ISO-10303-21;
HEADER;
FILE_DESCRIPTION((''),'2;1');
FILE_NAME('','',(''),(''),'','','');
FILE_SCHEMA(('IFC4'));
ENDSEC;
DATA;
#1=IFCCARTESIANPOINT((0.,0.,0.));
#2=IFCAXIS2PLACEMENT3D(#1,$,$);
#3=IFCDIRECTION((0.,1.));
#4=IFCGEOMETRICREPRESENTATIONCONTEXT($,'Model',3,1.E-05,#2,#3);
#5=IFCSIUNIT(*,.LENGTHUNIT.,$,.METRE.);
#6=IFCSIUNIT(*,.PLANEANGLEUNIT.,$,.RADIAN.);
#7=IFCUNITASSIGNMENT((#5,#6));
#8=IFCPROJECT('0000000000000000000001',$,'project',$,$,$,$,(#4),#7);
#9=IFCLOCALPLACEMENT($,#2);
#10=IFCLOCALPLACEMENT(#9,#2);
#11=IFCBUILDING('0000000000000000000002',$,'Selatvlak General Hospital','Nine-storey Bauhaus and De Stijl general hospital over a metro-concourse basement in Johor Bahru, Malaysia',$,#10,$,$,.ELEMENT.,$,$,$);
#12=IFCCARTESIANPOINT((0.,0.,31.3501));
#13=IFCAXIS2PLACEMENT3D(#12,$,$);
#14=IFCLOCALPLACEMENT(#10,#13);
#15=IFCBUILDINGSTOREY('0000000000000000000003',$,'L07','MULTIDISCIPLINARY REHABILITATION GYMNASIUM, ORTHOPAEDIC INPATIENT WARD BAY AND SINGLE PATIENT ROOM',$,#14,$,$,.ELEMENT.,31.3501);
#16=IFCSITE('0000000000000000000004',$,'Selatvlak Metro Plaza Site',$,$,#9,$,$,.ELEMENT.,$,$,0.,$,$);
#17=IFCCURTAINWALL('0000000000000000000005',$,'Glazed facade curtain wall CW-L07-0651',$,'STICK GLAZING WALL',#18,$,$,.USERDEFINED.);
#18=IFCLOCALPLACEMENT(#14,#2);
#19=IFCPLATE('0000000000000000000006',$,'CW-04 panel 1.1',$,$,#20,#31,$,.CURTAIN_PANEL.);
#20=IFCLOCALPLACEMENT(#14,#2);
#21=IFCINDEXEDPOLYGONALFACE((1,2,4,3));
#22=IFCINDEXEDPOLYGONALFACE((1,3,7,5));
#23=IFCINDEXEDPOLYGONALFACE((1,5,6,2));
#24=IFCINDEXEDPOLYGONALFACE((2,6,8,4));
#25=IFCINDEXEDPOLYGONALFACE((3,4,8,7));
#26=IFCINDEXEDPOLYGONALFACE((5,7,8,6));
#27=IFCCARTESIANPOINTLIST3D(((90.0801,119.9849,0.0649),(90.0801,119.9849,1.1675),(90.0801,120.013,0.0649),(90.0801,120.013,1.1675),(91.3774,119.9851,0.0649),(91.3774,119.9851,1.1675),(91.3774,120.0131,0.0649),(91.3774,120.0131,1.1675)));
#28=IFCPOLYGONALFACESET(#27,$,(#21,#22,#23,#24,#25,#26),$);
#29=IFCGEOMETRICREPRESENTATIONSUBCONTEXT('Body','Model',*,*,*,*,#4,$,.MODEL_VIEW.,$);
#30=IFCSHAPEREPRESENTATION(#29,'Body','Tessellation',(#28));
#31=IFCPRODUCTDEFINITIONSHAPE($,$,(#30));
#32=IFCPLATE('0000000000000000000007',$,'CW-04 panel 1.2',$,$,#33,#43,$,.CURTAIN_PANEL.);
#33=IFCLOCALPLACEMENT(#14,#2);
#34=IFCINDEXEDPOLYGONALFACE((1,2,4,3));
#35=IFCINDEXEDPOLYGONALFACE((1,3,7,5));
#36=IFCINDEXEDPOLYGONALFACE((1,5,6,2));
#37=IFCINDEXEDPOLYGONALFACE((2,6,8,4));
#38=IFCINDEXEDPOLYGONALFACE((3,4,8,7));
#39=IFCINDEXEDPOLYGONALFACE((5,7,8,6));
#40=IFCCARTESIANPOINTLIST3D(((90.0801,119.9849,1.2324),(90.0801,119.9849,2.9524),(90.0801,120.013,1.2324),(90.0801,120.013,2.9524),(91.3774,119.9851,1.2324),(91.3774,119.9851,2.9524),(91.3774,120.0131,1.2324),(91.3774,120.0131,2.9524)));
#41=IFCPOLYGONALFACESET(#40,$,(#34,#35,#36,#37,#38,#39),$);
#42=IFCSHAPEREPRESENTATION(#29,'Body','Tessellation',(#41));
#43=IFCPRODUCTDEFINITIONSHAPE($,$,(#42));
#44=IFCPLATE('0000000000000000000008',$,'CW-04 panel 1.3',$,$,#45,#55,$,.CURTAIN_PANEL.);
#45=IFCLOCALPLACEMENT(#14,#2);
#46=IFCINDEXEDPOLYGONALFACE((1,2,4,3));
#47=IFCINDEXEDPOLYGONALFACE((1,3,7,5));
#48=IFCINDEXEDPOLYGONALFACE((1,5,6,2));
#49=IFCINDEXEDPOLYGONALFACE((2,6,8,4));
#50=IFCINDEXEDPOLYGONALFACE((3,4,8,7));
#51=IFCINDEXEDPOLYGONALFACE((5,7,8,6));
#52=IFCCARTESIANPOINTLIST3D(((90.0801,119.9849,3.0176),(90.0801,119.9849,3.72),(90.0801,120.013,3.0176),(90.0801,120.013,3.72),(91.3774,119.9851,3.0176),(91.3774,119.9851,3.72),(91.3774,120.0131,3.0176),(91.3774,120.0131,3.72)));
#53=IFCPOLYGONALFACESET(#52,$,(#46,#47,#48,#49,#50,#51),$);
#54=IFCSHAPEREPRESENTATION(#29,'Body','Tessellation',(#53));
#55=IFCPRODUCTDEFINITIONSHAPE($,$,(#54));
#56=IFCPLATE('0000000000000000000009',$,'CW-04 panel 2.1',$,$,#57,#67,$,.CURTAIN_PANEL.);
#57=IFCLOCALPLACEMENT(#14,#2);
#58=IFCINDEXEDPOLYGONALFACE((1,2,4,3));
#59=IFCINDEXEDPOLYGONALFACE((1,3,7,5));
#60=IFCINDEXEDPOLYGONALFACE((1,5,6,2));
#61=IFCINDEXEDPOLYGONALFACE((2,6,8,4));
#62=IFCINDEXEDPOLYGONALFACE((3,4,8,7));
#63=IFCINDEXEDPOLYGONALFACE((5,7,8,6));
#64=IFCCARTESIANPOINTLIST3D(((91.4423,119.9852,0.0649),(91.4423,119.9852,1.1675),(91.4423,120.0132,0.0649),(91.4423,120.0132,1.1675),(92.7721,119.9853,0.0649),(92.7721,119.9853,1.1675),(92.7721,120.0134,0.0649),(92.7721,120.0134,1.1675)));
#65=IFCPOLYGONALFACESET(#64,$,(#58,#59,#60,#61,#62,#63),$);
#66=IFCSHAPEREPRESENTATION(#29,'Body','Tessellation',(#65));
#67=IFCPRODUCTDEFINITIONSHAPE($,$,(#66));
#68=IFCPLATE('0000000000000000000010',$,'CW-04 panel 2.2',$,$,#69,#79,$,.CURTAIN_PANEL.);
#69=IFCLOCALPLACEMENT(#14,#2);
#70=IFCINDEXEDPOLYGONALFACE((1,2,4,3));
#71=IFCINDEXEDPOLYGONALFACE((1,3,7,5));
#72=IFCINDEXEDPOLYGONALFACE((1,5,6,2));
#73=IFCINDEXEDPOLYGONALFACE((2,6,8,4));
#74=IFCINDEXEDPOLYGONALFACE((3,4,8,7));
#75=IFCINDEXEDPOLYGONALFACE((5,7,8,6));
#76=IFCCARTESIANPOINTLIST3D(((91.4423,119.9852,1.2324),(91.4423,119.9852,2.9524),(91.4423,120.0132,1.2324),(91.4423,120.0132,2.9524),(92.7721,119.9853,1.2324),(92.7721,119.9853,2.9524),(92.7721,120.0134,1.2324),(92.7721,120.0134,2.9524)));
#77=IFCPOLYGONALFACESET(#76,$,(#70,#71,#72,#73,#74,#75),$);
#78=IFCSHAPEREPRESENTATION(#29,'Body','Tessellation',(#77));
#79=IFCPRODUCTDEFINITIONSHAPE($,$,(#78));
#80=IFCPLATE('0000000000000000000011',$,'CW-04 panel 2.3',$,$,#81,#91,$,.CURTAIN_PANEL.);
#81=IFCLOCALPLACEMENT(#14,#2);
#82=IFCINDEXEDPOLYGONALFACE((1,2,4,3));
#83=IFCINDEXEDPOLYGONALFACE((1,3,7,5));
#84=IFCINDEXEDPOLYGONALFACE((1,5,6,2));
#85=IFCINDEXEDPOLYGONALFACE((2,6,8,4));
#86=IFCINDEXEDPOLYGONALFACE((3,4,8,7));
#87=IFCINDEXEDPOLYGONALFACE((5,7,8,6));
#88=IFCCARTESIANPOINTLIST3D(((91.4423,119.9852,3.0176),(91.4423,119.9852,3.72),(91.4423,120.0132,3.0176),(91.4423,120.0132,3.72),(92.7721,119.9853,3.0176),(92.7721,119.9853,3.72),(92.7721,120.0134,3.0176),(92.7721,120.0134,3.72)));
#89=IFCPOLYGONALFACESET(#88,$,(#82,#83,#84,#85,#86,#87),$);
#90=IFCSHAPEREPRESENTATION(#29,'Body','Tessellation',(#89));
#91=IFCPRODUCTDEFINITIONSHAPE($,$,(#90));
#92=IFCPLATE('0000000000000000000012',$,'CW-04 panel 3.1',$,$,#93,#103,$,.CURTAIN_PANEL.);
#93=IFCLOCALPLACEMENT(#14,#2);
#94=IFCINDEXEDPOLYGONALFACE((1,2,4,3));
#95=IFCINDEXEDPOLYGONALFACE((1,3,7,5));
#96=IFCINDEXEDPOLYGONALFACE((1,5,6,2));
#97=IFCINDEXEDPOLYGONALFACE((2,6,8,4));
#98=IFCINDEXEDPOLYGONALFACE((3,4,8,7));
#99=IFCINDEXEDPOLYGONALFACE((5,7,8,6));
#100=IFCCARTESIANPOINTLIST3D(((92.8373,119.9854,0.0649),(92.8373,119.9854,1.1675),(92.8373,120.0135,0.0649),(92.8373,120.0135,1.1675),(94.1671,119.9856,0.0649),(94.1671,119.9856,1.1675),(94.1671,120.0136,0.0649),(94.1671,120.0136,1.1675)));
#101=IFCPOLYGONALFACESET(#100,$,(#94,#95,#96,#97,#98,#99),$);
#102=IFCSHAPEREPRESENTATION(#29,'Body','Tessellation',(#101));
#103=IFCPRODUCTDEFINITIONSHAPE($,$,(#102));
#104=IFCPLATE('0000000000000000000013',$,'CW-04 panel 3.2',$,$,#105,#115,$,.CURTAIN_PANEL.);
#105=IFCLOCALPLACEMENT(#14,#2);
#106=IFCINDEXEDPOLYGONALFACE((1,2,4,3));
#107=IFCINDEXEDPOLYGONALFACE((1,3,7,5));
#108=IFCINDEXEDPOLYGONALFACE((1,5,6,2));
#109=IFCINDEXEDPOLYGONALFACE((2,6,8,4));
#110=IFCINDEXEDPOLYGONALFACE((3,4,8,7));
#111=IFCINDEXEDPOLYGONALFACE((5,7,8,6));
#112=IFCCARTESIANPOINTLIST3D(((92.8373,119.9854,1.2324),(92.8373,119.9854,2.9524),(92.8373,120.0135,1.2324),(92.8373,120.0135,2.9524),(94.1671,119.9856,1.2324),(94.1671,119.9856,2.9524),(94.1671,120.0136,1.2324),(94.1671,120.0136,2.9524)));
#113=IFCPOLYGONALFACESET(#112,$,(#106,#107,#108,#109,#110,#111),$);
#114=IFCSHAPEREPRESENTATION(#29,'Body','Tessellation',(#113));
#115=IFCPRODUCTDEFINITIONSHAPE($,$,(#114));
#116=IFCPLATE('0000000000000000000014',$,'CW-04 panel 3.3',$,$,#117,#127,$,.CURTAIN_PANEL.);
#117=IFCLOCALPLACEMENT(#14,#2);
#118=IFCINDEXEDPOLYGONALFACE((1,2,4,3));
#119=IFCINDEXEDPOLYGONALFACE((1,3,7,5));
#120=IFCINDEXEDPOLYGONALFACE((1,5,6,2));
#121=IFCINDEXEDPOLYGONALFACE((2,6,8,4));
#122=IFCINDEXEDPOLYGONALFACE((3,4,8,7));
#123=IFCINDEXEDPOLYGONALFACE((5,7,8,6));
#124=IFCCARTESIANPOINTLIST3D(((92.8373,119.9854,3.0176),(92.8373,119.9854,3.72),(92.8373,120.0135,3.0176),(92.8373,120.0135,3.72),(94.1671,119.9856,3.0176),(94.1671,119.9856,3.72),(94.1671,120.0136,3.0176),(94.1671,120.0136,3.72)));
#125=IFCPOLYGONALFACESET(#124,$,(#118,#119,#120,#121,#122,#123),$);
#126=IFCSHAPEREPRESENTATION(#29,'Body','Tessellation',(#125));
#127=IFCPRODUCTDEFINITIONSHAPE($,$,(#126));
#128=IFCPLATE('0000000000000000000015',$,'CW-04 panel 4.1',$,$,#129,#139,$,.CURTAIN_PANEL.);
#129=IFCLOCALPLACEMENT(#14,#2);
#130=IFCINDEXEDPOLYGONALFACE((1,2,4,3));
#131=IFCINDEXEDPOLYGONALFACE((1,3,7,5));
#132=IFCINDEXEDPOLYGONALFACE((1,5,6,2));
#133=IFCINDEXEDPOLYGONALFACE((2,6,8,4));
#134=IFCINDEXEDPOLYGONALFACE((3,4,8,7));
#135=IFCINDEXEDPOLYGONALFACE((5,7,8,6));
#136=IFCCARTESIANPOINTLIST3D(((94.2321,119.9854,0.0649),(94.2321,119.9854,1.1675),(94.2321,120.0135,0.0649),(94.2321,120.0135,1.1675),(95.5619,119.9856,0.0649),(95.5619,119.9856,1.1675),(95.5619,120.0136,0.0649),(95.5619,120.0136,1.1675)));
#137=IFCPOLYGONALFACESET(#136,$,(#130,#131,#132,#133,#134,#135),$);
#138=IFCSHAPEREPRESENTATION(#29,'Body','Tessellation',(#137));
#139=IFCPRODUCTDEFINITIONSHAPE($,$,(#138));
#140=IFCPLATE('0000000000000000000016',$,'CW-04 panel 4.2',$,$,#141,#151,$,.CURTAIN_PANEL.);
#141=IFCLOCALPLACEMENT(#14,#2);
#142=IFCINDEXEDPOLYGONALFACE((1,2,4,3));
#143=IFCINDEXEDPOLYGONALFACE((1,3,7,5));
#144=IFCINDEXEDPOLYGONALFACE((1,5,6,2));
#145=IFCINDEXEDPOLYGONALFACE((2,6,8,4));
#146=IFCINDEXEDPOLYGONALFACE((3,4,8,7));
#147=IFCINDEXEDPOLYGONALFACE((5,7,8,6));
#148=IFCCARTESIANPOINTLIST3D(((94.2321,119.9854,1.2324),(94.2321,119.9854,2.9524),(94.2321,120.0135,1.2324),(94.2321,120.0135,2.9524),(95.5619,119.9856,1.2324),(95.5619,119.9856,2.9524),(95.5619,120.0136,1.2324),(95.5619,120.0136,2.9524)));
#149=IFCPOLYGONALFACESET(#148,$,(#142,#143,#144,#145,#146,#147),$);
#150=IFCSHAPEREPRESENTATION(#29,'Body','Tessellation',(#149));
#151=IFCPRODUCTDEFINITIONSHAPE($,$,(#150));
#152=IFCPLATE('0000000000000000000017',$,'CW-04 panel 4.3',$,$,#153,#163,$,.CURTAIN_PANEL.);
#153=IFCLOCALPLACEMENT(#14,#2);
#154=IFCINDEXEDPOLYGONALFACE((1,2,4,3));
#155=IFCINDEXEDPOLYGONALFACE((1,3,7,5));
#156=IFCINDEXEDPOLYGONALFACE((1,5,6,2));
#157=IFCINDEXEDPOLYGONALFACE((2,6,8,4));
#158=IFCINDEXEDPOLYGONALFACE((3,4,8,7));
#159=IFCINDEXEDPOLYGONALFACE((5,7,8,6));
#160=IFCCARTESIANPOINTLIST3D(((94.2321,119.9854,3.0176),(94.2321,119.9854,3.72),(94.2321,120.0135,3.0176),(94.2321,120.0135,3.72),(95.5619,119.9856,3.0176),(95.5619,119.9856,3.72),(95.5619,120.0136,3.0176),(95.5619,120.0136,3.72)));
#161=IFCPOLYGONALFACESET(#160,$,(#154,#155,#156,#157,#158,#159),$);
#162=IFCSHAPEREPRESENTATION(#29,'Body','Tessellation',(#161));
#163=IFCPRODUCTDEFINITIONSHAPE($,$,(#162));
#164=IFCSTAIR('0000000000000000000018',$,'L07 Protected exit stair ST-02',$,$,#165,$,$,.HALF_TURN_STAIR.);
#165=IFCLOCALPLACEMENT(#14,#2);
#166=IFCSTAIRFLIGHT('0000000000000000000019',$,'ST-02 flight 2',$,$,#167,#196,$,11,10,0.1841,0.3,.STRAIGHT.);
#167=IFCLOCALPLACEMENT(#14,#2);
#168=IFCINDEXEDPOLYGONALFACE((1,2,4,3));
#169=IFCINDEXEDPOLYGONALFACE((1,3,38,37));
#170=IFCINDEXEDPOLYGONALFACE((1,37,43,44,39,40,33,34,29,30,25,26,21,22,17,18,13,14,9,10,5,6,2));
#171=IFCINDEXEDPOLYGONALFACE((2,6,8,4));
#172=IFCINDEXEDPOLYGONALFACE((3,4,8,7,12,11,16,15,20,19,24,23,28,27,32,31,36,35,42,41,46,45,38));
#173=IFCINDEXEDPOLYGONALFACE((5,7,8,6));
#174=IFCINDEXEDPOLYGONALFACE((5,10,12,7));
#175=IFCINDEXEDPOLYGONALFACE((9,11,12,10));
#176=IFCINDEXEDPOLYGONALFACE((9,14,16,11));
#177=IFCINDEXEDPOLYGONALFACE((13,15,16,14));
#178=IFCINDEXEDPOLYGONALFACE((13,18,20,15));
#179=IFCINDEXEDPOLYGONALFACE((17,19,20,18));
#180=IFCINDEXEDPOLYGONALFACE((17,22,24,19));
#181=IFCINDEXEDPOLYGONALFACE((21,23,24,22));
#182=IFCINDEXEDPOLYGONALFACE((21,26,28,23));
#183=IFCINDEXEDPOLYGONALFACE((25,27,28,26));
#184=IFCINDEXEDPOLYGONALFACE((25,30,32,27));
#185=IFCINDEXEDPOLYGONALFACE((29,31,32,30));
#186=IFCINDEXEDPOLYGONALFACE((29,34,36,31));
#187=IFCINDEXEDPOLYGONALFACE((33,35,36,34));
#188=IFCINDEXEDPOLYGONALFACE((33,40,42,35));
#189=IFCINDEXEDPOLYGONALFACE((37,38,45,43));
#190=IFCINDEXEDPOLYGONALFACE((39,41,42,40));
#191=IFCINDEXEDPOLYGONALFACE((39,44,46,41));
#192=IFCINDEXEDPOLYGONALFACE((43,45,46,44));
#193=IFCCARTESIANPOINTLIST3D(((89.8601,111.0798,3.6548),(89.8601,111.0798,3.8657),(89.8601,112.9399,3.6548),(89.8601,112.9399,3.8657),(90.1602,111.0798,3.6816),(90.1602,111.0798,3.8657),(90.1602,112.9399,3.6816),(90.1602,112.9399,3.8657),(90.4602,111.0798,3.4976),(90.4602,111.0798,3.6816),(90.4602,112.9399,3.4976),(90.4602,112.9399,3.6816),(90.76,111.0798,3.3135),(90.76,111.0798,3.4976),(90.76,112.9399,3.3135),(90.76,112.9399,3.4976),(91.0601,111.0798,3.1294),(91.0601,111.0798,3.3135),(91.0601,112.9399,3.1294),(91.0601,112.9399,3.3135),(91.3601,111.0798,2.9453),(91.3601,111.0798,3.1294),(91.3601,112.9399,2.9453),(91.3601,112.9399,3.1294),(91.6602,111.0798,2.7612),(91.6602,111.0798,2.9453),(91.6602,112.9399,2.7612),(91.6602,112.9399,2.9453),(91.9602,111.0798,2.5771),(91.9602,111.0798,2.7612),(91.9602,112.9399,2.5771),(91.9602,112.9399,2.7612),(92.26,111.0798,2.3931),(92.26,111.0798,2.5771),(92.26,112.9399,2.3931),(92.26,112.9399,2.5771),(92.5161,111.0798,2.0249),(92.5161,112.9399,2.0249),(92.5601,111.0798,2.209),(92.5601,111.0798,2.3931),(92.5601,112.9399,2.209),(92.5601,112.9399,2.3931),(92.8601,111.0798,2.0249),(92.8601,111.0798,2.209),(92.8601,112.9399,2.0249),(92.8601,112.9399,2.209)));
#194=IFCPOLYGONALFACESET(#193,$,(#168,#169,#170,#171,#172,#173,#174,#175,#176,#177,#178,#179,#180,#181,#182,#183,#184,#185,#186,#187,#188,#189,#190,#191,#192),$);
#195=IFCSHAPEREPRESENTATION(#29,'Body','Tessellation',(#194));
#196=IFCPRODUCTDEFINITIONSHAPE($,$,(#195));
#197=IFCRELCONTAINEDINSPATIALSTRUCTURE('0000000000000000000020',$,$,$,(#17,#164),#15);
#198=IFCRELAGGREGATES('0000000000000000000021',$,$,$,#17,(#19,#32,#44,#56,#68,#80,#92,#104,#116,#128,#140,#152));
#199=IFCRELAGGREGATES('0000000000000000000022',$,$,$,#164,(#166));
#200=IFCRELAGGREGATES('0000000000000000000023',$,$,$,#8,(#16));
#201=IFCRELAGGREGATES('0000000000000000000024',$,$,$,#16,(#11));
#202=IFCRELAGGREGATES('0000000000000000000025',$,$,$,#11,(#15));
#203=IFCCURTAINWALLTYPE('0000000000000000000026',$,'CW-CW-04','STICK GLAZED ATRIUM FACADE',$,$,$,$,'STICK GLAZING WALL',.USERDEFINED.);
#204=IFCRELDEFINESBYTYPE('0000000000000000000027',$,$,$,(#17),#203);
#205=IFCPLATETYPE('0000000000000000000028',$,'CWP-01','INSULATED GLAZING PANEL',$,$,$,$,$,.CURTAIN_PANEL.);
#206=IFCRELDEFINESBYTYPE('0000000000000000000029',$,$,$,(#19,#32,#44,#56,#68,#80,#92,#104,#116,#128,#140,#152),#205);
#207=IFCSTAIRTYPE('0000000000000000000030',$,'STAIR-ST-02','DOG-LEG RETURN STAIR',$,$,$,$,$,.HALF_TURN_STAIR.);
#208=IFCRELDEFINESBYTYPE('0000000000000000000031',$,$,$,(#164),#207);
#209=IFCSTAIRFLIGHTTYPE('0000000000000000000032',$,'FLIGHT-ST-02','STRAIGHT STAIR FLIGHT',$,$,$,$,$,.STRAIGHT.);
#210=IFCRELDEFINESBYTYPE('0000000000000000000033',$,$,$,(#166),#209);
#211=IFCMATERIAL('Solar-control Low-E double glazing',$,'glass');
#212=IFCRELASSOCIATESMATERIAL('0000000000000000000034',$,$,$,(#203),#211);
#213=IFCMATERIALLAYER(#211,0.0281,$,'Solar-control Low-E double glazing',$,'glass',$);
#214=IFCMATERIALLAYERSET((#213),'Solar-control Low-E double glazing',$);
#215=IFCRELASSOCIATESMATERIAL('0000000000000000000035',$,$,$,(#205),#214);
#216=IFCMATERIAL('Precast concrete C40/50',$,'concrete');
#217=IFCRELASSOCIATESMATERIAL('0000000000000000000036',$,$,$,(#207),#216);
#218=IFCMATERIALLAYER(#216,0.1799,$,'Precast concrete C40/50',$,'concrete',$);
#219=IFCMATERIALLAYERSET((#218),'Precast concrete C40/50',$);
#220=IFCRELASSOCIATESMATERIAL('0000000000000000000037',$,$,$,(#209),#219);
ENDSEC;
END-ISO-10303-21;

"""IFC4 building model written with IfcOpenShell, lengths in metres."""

from ifc_helpers import new_model, si_unit, direction, frame, origin, origin_2d, place, context, subcontext, project, spatial, polyline, rectangle, outline, extrude, material, layer, layer_set, type_object, element, aggregate, save


model = new_model("IFC4")

# Units and contexts
model_context = context("Model", 3, precision=1e-05, world=origin(), true_north=direction((0.0, 1.0)))
body_context = subcontext(model_context, "Body", "Model", "MODEL_VIEW")
ifc_project = project(units=[si_unit("LENGTHUNIT", "METRE"), si_unit("PLANEANGLEUNIT", "RADIAN")], contexts=[model_context])

# Site, building, storey
site_placement = place(None, origin())
site = spatial("IfcSite", under=ifc_project, at=site_placement, Name="Selatvlak Metro Plaza Site", CompositionType="ELEMENT", RefElevation=0.0)
building_placement = place(site_placement, origin())
building = spatial("IfcBuilding", under=site, at=building_placement, Name="Selatvlak General Hospital", Description="Nine-storey Bauhaus and De Stijl general hospital over a metro-concourse basement in Johor Bahru, Malaysia", CompositionType="ELEMENT")
storey_placement = place(building_placement, frame((0.0, 0.0, 31.3501)))
storey = spatial("IfcBuildingStorey", under=building, at=storey_placement, Name="L07", Description="MULTIDISCIPLINARY REHABILITATION GYMNASIUM, ORTHOPAEDIC INPATIENT WARD BAY AND SINGLE PATIENT ROOM", CompositionType="ELEMENT", Elevation=31.3501)

# Curtain wall, plates
ifc_material_1 = material(Name="Solar-control Low-E double glazing", Category="glass")
curtain_wall_type = type_object("IfcCurtainWallType", Name="CW-CW-04", Description="STICK GLAZED ATRIUM FACADE", ElementType="STICK GLAZING WALL", PredefinedType="USERDEFINED", material=ifc_material_1)
curtain_wall_placement = place(storey_placement, origin())
curtain_wall = element("IfcCurtainWall", 1, at=curtain_wall_placement, inside=storey, type_object=curtain_wall_type, Name="Glazed facade curtain wall CW-L07-0651", ObjectType="STICK GLAZING WALL", PredefinedType="USERDEFINED")
ifc_layer_1 = layer(ifc_material_1, 0.0281, Name="Solar-control Low-E double glazing", Category="glass")
ifc_layer_set_1 = layer_set([ifc_layer_1], Name="Solar-control Low-E double glazing")
plate_type = type_object("IfcPlateType", Name="CWP-01", Description="INSULATED GLAZING PANEL", PredefinedType="CURTAIN_PANEL", material=ifc_layer_set_1)
plate_1_placement = place(storey_placement, frame((90.7288, 119.999, 0.0649), z_axis=(0.0, 0.0, 1.0), x_axis=(1.0, 0.000119, 0.0)))
plate_1 = element("IfcPlate", 2, at=plate_1_placement, type_object=plate_type, Name="CW-04 panel 1.1", PredefinedType="CURTAIN_PANEL", context=body_context, shape_type="SweptSolid", body=[
    extrude(rectangle(XDim=1.2974, YDim=0.0281, at=origin_2d()), origin(), (0.0, 0.0, 1.0), 1.1025),
])
plate_2_placement = place(storey_placement, frame((90.7288, 119.999, 1.2324), z_axis=(0.0, 0.0, 1.0), x_axis=(1.0, 0.000119, 0.0)))
plate_2 = element("IfcPlate", 3, at=plate_2_placement, type_object=plate_type, Name="CW-04 panel 1.2", PredefinedType="CURTAIN_PANEL", context=body_context, shape_type="SweptSolid", body=[
    extrude(rectangle(XDim=1.2974, YDim=0.0281, at=origin_2d()), origin(), (0.0, 0.0, 1.0), 1.72),
])
plate_3_placement = place(storey_placement, frame((90.7288, 119.999, 3.0176), z_axis=(0.0, 0.0, 1.0), x_axis=(1.0, 0.000119, 0.0)))
plate_3 = element("IfcPlate", 4, at=plate_3_placement, type_object=plate_type, Name="CW-04 panel 1.3", PredefinedType="CURTAIN_PANEL", context=body_context, shape_type="SweptSolid", body=[
    extrude(rectangle(XDim=1.2974, YDim=0.0281, at=origin_2d()), origin(), (0.0, 0.0, 1.0), 0.7024),
])
plate_4_placement = place(storey_placement, frame((92.1072, 119.9993, 0.0649), z_axis=(0.0, 0.0, 1.0), x_axis=(1.0, 0.000119, 0.0)))
plate_4 = element("IfcPlate", 5, at=plate_4_placement, type_object=plate_type, Name="CW-04 panel 2.1", PredefinedType="CURTAIN_PANEL", context=body_context, shape_type="SweptSolid", body=[
    extrude(rectangle(XDim=1.3298, YDim=0.0281, at=origin_2d()), origin(), (0.0, 0.0, 1.0), 1.1025),
])
plate_5_placement = place(storey_placement, frame((92.1072, 119.9993, 1.2324), z_axis=(0.0, 0.0, 1.0), x_axis=(1.0, 0.000119, 0.0)))
plate_5 = element("IfcPlate", 6, at=plate_5_placement, type_object=plate_type, Name="CW-04 panel 2.2", PredefinedType="CURTAIN_PANEL", context=body_context, shape_type="SweptSolid", body=[
    extrude(rectangle(XDim=1.3298, YDim=0.0281, at=origin_2d()), origin(), (0.0, 0.0, 1.0), 1.72),
])
plate_6_placement = place(storey_placement, frame((92.1072, 119.9993, 3.0176), z_axis=(0.0, 0.0, 1.0), x_axis=(1.0, 0.000119, 0.0)))
plate_6 = element("IfcPlate", 7, at=plate_6_placement, type_object=plate_type, Name="CW-04 panel 2.3", PredefinedType="CURTAIN_PANEL", context=body_context, shape_type="SweptSolid", body=[
    extrude(rectangle(XDim=1.3298, YDim=0.0281, at=origin_2d()), origin(), (0.0, 0.0, 1.0), 0.7024),
])
plate_7_placement = place(storey_placement, frame((93.5022, 119.9995, 0.0649), z_axis=(0.0, 0.0, 1.0), x_axis=(1.0, 0.000119, 0.0)))
plate_7 = element("IfcPlate", 8, at=plate_7_placement, type_object=plate_type, Name="CW-04 panel 3.1", PredefinedType="CURTAIN_PANEL", context=body_context, shape_type="SweptSolid", body=[
    extrude(rectangle(XDim=1.3298, YDim=0.0281, at=origin_2d()), origin(), (0.0, 0.0, 1.0), 1.1025),
])
plate_8_placement = place(storey_placement, frame((93.5022, 119.9995, 1.2324), z_axis=(0.0, 0.0, 1.0), x_axis=(1.0, 0.000119, 0.0)))
plate_8 = element("IfcPlate", 9, at=plate_8_placement, type_object=plate_type, Name="CW-04 panel 3.2", PredefinedType="CURTAIN_PANEL", context=body_context, shape_type="SweptSolid", body=[
    extrude(rectangle(XDim=1.3298, YDim=0.0281, at=origin_2d()), origin(), (0.0, 0.0, 1.0), 1.72),
])
plate_9_placement = place(storey_placement, frame((93.5022, 119.9995, 3.0176), z_axis=(0.0, 0.0, 1.0), x_axis=(1.0, 0.000119, 0.0)))
plate_9 = element("IfcPlate", 10, at=plate_9_placement, type_object=plate_type, Name="CW-04 panel 3.3", PredefinedType="CURTAIN_PANEL", context=body_context, shape_type="SweptSolid", body=[
    extrude(rectangle(XDim=1.3298, YDim=0.0281, at=origin_2d()), origin(), (0.0, 0.0, 1.0), 0.7024),
])
plate_10_placement = place(storey_placement, frame((94.897, 119.9995, 0.0649), z_axis=(0.0, 0.0, 1.0), x_axis=(1.0, 0.000119, 0.0)))
plate_10 = element("IfcPlate", 11, at=plate_10_placement, type_object=plate_type, Name="CW-04 panel 4.1", PredefinedType="CURTAIN_PANEL", context=body_context, shape_type="SweptSolid", body=[
    extrude(rectangle(XDim=1.3298, YDim=0.0281, at=origin_2d()), origin(), (0.0, 0.0, 1.0), 1.1025),
])
plate_11_placement = place(storey_placement, frame((94.897, 119.9995, 1.2324), z_axis=(0.0, 0.0, 1.0), x_axis=(1.0, 0.000119, 0.0)))
plate_11 = element("IfcPlate", 12, at=plate_11_placement, type_object=plate_type, Name="CW-04 panel 4.2", PredefinedType="CURTAIN_PANEL", context=body_context, shape_type="SweptSolid", body=[
    extrude(rectangle(XDim=1.3298, YDim=0.0281, at=origin_2d()), origin(), (0.0, 0.0, 1.0), 1.72),
])
plate_12_placement = place(storey_placement, frame((94.897, 119.9995, 3.0176), z_axis=(0.0, 0.0, 1.0), x_axis=(1.0, 0.000119, 0.0)))
plate_12 = element("IfcPlate", 13, at=plate_12_placement, type_object=plate_type, Name="CW-04 panel 4.3", PredefinedType="CURTAIN_PANEL", context=body_context, shape_type="SweptSolid", body=[
    extrude(rectangle(XDim=1.3298, YDim=0.0281, at=origin_2d()), origin(), (0.0, 0.0, 1.0), 0.7024),
])
aggregate(curtain_wall, [plate_1, plate_2, plate_3, plate_4, plate_5, plate_6, plate_7, plate_8, plate_9, plate_10, plate_11, plate_12])

# Stair, stair flight
ifc_material_2 = material(Name="Precast concrete C40/50", Category="concrete")
stair_type = type_object("IfcStairType", Name="STAIR-ST-02", Description="DOG-LEG RETURN STAIR", PredefinedType="HALF_TURN_STAIR", material=ifc_material_2)
stair_placement = place(storey_placement, origin())
stair = element("IfcStair", 14, at=stair_placement, inside=storey, type_object=stair_type, Name="L07 Protected exit stair ST-02", PredefinedType="HALF_TURN_STAIR")
ifc_layer_2 = layer(ifc_material_2, 0.1799, Name="Precast concrete C40/50", Category="concrete")
ifc_layer_set_2 = layer_set([ifc_layer_2], Name="Precast concrete C40/50")
stair_flight_type = type_object("IfcStairFlightType", Name="FLIGHT-ST-02", Description="STRAIGHT STAIR FLIGHT", PredefinedType="STRAIGHT", material=ifc_layer_set_2)
stair_flight_placement = place(storey_placement, frame((92.8601, 112.01, 2.0249), z_axis=(0.0, 0.0, 1.0), x_axis=(-1.0, 0.0, 0.0)))
stair_flight = element("IfcStairFlight", 15, at=stair_flight_placement, type_object=stair_flight_type, Name="ST-02 flight 2", NumberOfRisers=11, NumberOfTreads=10, PredefinedType="STRAIGHT", RiserHeight=0.1841, TreadLength=0.3, context=body_context, shape_type="SweptSolid", body=[
    extrude(outline(polyline([(0.0, 0.0), (0.0, 0.1841), (0.3, 0.1841), (0.3, 0.3682), (0.6001, 0.3682), (0.6001, 0.5522), (0.8999, 0.5522), (0.8999, 0.7363), (1.2, 0.7363), (1.2, 0.9204), (1.5, 0.9204), (1.5, 1.1045), (1.8, 1.1045), (1.8, 1.2886), (2.1001, 1.2886), (2.1001, 1.4727), (2.3999, 1.4727), (2.3999, 1.6567), (2.7, 1.6567), (2.7, 1.8408), (3.0, 1.8408), (3.0, 2.0249), (3.0, 1.6299), (0.344, 0.0), (0.0, 0.0)])), frame((0.0, 0.9302, 0.0), z_axis=(0.0, -1.0, 0.0), x_axis=(1.0, 0.0, 0.0)), (0.0, 0.0, 1.0), 1.8601),
])
aggregate(stair, [stair_flight])

save(model, "model.ifc")
